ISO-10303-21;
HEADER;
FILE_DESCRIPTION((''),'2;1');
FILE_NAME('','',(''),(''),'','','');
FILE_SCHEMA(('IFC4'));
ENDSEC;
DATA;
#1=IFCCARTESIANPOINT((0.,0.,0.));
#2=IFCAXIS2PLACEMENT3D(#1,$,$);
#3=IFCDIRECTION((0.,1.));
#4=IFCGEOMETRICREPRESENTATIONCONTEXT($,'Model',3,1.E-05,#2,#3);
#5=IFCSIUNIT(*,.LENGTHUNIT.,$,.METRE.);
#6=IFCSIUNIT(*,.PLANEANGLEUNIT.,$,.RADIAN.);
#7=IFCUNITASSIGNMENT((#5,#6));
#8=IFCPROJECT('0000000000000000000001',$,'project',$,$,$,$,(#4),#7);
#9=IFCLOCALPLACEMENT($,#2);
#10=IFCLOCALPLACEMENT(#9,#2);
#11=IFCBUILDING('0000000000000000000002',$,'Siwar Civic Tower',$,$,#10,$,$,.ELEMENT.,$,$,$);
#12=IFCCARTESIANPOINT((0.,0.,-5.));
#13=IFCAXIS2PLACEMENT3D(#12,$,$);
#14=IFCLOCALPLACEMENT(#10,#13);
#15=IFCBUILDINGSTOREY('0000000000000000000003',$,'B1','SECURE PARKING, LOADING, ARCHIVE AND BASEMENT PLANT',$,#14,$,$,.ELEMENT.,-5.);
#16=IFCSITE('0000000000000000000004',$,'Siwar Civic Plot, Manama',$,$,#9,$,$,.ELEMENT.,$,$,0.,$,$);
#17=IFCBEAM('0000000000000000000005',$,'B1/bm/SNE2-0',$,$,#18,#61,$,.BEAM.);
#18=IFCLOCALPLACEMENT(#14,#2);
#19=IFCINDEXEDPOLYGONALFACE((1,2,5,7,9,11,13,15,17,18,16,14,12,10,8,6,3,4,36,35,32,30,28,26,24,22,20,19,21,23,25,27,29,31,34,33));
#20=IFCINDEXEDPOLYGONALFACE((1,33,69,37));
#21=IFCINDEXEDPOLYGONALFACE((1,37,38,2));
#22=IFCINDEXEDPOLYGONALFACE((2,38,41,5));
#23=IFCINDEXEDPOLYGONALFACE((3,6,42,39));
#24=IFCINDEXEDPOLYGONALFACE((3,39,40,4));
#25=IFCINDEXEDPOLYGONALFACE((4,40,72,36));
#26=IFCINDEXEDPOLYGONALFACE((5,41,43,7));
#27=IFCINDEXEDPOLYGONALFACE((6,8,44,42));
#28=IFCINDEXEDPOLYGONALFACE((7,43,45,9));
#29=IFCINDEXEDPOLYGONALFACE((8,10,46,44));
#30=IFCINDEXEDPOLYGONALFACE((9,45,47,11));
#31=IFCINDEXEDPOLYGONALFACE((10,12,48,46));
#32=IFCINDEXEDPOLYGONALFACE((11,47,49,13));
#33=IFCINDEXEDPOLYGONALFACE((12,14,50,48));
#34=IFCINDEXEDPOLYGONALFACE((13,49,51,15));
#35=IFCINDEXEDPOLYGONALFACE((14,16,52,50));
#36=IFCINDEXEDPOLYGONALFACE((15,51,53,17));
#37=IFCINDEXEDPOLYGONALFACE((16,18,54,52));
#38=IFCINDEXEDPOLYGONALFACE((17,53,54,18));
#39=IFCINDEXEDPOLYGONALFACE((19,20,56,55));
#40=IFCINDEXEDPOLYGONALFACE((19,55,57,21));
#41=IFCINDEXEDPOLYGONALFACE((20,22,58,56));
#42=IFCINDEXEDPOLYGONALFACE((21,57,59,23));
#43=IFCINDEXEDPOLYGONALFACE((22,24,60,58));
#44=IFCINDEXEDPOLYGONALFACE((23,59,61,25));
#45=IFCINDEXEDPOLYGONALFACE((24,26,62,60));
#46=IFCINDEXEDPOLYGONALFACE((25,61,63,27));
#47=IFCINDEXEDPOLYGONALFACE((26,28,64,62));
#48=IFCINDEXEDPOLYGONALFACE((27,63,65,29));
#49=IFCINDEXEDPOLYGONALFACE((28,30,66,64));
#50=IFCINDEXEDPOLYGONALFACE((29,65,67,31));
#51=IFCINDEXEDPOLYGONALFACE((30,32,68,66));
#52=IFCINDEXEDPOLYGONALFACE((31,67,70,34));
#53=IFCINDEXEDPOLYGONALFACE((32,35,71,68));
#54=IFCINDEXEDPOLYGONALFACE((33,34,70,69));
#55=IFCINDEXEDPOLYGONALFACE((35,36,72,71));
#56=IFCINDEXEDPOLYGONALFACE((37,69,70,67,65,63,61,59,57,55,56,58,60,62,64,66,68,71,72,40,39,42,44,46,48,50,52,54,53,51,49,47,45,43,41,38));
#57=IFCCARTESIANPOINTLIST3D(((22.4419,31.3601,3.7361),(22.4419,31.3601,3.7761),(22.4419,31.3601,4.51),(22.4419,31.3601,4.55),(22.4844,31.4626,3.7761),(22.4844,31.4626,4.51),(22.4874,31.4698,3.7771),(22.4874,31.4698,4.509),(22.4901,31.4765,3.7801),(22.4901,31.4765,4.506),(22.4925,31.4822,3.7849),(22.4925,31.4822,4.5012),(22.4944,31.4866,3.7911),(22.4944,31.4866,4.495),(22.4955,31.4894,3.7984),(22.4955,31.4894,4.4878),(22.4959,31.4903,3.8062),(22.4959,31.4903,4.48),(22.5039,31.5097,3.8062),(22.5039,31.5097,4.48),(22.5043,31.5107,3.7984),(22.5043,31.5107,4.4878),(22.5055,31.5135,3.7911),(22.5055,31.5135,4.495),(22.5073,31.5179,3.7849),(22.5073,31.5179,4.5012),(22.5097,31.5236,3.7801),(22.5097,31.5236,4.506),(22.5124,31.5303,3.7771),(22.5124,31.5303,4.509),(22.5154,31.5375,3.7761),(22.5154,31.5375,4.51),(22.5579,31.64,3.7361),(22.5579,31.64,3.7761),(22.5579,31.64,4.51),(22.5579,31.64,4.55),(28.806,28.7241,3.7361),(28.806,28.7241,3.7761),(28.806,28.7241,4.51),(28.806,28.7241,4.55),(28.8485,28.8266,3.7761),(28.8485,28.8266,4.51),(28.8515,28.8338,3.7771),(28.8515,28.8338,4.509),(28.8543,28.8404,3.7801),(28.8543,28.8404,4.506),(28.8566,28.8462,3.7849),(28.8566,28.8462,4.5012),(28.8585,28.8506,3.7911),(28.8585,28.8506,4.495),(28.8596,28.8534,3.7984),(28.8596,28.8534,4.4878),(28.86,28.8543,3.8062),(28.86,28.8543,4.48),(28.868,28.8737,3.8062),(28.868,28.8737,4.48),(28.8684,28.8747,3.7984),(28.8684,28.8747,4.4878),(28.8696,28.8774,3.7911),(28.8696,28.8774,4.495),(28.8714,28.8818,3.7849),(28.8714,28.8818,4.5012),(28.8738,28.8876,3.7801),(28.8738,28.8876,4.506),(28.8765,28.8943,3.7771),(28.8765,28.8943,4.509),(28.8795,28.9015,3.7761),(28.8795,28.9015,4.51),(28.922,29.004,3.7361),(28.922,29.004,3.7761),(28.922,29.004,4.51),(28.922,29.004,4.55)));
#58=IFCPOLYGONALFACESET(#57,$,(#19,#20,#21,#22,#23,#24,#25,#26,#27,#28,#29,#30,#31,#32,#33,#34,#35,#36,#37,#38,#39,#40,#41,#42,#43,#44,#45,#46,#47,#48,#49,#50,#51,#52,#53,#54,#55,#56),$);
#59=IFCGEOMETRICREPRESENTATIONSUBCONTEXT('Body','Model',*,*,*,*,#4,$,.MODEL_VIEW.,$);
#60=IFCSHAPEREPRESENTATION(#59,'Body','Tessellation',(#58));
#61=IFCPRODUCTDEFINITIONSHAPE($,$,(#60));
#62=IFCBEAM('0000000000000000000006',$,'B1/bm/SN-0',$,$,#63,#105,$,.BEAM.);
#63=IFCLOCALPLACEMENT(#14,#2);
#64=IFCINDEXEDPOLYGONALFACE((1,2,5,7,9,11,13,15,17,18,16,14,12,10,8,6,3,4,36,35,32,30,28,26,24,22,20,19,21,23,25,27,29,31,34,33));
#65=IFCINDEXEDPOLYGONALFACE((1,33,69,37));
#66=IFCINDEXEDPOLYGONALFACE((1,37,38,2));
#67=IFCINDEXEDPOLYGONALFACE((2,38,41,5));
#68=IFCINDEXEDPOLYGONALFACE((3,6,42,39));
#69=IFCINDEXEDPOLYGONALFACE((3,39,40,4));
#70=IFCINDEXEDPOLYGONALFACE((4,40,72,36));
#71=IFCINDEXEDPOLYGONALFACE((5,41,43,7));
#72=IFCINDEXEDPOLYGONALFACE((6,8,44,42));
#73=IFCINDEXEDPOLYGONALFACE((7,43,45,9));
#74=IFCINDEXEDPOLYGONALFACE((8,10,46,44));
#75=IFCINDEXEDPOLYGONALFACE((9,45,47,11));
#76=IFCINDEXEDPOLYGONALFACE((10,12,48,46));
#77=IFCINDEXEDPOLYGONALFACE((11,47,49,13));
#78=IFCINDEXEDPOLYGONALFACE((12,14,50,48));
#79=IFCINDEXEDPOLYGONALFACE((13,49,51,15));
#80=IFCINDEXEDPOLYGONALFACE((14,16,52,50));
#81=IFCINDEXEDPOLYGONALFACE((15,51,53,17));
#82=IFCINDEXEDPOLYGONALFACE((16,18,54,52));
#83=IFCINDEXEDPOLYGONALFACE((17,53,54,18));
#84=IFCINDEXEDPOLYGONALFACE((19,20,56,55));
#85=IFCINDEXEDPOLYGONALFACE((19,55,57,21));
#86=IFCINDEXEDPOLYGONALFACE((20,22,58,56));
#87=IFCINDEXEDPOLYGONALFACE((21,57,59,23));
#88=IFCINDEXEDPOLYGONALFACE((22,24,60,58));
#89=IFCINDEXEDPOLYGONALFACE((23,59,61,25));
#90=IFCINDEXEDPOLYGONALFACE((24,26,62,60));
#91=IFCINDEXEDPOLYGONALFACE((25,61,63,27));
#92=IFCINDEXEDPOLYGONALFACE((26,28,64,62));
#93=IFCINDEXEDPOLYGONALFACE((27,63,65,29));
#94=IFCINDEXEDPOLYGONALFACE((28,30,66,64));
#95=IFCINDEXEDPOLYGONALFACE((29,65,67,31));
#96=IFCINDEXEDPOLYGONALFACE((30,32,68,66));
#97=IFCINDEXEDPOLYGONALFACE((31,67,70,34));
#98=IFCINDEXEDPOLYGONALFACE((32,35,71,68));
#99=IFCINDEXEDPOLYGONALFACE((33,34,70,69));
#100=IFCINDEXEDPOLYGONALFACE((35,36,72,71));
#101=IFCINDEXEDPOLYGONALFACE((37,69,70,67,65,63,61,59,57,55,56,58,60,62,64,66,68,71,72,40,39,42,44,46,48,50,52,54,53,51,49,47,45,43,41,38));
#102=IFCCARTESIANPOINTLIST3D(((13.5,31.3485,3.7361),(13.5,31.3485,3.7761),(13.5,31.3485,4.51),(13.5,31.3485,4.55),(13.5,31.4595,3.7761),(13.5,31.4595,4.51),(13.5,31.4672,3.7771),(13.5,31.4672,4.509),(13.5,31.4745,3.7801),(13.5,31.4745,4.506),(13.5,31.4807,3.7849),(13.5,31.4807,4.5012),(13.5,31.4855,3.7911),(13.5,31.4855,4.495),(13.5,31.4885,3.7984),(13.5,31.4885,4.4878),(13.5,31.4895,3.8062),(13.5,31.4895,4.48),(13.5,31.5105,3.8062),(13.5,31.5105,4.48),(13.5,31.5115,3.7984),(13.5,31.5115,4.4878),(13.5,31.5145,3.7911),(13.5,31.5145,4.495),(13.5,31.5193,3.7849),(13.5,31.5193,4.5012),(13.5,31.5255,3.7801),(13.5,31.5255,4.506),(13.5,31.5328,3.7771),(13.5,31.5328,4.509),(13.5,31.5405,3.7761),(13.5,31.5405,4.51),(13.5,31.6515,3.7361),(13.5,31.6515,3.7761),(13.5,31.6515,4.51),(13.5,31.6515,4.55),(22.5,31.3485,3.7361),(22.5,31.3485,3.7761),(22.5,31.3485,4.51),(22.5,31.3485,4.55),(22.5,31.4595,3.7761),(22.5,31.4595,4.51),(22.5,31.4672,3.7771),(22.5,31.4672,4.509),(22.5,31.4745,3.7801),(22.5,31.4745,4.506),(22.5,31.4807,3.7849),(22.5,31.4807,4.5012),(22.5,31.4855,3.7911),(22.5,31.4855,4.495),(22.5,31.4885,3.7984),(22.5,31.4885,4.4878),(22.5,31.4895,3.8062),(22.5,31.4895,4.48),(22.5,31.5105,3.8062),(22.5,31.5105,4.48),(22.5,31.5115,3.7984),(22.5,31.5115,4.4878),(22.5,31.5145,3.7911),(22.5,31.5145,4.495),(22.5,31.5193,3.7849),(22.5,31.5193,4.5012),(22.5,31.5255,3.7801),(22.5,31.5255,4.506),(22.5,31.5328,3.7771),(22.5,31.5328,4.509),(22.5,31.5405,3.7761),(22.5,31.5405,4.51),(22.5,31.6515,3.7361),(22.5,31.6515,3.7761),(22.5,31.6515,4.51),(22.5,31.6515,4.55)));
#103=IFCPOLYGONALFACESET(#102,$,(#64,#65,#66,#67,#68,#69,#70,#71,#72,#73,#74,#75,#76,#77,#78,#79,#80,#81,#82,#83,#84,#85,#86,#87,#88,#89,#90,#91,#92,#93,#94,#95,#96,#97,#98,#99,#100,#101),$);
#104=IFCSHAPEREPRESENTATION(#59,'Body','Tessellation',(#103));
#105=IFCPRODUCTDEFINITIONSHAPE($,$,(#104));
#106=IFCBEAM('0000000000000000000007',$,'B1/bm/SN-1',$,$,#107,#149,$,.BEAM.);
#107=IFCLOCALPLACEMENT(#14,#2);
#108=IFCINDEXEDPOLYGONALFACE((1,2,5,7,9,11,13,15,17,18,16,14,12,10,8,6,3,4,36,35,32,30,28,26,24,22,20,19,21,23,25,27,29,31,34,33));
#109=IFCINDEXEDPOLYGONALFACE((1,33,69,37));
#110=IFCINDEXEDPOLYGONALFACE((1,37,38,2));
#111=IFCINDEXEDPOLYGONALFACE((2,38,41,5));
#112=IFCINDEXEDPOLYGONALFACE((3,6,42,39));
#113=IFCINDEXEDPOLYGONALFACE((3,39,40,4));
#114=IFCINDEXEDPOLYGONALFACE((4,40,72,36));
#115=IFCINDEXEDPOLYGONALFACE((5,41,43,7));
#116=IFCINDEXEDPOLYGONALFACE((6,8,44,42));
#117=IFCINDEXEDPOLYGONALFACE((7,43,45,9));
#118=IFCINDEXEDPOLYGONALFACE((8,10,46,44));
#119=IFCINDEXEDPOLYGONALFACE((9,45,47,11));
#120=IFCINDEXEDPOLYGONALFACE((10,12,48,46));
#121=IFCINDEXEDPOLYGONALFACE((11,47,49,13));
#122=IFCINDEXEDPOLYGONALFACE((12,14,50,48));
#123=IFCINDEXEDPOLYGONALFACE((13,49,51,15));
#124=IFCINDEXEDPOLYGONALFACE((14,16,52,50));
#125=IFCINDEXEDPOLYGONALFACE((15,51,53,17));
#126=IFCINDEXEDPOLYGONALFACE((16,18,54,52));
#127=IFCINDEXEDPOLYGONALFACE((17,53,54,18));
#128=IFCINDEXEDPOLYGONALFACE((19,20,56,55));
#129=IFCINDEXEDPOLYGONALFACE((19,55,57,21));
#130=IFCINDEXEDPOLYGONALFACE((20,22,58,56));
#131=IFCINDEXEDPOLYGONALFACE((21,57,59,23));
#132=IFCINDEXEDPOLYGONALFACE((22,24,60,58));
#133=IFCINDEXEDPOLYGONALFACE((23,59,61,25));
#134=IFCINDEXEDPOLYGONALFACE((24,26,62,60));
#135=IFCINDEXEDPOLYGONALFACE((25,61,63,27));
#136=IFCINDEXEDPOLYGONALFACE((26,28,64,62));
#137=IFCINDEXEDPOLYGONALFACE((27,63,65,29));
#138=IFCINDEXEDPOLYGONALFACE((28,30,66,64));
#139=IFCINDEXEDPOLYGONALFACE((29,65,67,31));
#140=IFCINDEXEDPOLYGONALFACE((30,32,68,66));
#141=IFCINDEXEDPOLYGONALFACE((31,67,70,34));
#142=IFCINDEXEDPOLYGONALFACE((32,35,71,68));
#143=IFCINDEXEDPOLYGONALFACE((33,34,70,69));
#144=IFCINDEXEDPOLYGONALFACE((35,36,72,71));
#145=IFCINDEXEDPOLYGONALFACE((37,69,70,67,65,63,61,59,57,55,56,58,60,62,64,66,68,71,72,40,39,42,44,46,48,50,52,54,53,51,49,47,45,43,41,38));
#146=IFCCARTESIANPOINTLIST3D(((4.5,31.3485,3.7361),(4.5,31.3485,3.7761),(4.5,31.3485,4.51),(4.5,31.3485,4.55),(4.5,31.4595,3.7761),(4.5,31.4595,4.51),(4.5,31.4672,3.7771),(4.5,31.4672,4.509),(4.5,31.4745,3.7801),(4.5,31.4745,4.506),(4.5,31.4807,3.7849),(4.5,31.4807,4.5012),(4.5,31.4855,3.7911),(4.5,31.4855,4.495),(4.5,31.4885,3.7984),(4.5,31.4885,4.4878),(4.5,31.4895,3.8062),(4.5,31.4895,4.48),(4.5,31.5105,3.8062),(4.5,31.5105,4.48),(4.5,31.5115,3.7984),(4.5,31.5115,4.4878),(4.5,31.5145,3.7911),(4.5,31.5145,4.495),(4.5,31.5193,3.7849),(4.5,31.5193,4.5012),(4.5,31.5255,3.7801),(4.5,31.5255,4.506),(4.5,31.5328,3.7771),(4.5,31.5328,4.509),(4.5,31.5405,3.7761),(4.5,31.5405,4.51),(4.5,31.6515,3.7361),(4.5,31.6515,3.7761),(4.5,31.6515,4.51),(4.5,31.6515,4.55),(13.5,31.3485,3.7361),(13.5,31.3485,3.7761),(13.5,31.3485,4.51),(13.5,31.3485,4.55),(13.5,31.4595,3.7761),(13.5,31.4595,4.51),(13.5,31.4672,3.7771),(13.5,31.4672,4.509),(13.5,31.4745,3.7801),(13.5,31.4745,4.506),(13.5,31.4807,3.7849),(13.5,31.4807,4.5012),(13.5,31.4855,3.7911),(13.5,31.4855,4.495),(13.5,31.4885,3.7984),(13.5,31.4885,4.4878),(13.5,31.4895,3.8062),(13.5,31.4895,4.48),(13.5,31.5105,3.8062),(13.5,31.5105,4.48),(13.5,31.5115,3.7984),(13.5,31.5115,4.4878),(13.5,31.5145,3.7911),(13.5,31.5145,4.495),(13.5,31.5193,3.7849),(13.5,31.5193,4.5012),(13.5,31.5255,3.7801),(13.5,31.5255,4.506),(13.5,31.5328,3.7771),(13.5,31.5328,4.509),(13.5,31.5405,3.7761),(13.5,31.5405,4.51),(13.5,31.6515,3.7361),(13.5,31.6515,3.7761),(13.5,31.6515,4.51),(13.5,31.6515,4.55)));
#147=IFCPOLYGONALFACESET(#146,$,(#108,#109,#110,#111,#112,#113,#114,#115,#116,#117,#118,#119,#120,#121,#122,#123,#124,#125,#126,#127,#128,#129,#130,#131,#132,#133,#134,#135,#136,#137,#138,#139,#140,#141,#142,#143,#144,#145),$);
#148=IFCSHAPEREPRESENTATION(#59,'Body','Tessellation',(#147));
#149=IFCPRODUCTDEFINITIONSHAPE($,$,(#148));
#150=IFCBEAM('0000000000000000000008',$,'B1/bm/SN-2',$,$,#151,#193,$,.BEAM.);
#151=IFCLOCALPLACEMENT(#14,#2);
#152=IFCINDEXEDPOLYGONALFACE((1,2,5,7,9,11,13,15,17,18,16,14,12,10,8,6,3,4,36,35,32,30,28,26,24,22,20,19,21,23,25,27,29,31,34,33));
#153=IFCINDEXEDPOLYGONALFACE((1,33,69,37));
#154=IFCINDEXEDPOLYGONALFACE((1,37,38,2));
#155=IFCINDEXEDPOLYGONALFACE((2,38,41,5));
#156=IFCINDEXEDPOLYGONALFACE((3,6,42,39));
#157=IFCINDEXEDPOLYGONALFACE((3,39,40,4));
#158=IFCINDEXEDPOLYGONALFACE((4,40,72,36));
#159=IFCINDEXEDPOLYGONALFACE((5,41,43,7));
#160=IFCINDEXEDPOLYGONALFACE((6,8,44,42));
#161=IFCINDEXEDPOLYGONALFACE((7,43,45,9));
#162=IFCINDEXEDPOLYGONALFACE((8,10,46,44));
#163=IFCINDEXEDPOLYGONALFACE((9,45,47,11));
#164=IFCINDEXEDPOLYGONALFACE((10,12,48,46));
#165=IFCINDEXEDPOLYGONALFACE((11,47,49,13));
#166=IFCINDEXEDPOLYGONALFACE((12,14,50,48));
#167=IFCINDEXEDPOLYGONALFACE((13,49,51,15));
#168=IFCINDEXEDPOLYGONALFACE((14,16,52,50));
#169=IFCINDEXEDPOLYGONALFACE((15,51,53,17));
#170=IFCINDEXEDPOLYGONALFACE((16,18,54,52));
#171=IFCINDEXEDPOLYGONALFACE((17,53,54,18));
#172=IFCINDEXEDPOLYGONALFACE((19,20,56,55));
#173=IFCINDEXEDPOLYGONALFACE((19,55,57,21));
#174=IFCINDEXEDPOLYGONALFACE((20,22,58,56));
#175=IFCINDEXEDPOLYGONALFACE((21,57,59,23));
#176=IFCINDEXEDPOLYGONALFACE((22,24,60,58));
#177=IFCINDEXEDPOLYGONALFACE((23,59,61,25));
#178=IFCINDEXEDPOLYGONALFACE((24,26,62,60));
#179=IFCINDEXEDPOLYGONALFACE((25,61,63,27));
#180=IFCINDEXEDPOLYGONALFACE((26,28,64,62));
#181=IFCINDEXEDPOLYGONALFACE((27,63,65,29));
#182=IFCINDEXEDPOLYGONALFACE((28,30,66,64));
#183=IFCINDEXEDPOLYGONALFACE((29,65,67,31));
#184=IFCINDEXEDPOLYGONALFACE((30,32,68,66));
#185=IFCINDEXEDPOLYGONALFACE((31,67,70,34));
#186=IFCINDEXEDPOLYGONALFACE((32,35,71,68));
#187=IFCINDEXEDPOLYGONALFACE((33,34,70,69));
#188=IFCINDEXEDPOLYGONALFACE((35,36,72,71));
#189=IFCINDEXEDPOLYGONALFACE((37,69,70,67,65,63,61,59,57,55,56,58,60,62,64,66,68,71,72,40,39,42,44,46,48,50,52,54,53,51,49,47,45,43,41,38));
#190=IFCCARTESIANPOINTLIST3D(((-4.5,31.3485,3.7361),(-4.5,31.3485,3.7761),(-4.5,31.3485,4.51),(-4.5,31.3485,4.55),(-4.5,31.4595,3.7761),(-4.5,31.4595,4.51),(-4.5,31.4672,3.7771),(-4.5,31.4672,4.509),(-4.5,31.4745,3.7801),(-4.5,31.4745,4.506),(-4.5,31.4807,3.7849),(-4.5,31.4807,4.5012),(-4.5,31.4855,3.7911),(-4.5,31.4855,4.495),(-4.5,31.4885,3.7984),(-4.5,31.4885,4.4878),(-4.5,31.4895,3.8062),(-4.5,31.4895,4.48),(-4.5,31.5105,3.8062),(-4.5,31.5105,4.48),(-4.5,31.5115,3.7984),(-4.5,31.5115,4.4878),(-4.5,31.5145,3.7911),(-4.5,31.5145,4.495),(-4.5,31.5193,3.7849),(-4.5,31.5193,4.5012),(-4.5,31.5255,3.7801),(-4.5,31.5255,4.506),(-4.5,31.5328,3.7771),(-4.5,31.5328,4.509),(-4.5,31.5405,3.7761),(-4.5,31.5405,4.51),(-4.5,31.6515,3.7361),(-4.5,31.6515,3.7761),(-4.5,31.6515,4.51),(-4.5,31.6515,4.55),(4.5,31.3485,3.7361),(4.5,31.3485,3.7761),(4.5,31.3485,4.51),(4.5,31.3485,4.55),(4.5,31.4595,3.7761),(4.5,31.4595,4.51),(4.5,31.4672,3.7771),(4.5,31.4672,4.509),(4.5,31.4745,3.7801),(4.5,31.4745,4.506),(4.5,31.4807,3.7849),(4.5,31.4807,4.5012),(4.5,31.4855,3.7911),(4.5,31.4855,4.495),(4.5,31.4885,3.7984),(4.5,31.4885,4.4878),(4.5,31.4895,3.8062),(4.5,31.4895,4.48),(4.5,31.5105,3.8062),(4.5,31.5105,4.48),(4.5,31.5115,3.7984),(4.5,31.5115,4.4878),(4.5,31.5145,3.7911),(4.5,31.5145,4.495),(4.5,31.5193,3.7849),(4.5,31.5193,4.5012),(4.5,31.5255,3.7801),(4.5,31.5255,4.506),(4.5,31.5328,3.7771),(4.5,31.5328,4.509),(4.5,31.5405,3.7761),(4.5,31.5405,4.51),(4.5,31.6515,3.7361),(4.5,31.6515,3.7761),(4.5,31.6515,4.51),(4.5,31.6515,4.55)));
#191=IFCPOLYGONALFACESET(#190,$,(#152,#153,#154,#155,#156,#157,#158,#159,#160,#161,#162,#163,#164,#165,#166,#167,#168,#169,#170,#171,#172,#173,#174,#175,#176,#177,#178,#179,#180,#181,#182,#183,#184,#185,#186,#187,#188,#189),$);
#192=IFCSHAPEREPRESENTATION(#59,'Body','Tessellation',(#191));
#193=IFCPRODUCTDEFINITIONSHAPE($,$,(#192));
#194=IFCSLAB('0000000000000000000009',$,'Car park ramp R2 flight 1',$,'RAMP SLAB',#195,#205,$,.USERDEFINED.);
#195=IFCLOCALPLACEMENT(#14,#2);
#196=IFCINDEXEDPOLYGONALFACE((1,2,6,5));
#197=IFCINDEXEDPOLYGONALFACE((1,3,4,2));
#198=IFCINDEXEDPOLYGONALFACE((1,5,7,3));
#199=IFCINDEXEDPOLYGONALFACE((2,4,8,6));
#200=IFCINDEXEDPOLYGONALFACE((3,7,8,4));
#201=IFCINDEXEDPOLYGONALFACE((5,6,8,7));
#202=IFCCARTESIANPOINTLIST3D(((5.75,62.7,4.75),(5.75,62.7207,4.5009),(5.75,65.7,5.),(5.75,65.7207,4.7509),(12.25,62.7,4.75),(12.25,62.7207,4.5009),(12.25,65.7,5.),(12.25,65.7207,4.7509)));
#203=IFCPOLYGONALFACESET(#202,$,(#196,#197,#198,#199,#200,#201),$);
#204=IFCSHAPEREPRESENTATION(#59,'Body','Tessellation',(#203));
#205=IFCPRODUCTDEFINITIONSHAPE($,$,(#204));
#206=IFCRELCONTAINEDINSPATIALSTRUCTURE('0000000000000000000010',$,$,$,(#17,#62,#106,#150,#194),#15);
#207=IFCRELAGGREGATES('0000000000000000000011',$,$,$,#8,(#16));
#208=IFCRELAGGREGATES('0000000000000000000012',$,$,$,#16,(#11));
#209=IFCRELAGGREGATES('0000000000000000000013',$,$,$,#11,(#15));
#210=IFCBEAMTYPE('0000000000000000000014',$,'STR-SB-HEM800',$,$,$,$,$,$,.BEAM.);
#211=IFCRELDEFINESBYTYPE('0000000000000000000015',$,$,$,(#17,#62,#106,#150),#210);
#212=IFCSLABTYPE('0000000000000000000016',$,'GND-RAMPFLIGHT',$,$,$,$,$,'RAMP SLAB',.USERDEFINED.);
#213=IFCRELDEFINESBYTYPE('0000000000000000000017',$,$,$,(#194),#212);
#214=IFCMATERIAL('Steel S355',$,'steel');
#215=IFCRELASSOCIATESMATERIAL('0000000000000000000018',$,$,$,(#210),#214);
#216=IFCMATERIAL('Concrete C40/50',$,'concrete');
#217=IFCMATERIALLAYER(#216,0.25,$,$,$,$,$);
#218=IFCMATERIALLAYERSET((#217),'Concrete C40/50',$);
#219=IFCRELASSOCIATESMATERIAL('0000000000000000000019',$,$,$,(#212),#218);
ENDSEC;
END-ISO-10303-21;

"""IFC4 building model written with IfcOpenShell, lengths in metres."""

from ifc_helpers import new_model, si_unit, direction, frame, origin, origin_2d, place, context, subcontext, project, spatial, polyline, i_section, outline, extrude, material, layer, layer_set, material_profile, profile_set, type_object, element, save


model = new_model("IFC4")

# Units and contexts
model_context = context("Model", 3, precision=1e-05, world=origin(), true_north=direction((0.0, 1.0)))
body_context = subcontext(model_context, "Body", "Model", "MODEL_VIEW")
ifc_project = project(units=[si_unit("LENGTHUNIT", "METRE"), si_unit("PLANEANGLEUNIT", "RADIAN")], contexts=[model_context])

# Site, building, storey
site_placement = place(None, origin())
site = spatial("IfcSite", under=ifc_project, at=site_placement, Name="Siwar Civic Plot, Manama", CompositionType="ELEMENT", RefElevation=0.0)
building_placement = place(site_placement, origin())
building = spatial("IfcBuilding", under=site, at=building_placement, Name="Siwar Civic Tower", CompositionType="ELEMENT")
storey_placement = place(building_placement, frame((0.0, 0.0, -5.0)))
storey = spatial("IfcBuildingStorey", under=building, at=storey_placement, Name="B1", Description="SECURE PARKING, LOADING, ARCHIVE AND BASEMENT PLANT", CompositionType="ELEMENT", Elevation=-5.0)

# Beams
ifc_material_1 = material(Name="Steel S355", Category="steel")
ifc_material_profile_1 = material_profile(ifc_material_1, i_section(OverallWidth=0.303, OverallDepth=0.814, WebThickness=0.021, FlangeThickness=0.04, FilletRadius=0.03, at=origin_2d()), Name="HEM800")
ifc_profile_set_1 = profile_set([ifc_material_profile_1], Name="Steel S355")
beam_type_1 = type_object("IfcBeamType", Name="STR-SB-HEM800", PredefinedType="BEAM", material=ifc_profile_set_1)
beam_1_placement = place(storey_placement, frame((28.864, 28.864, 4.1431), z_axis=(-0.923883, 0.382674, 0.0), x_axis=(-0.382674, -0.923883, 0.0)))
element("IfcBeam", 1, at=beam_1_placement, inside=storey, type_object=beam_type_1, Name="B1/bm/SNE2-0", PredefinedType="BEAM", context=body_context, shape_type="SweptSolid", body=[
    extrude(i_section(OverallWidth=0.303, OverallDepth=0.814, WebThickness=0.021, FlangeThickness=0.04, FilletRadius=0.03, at=origin_2d()), origin(), (0.0, 0.0, 1.0), 6.8884),
])
for number, where, z_axis, x_axis, name in (
    (2, (22.5, 31.5, 4.1431), (-1.0, 0.0, 0.0), (0.0, -1.0, 0.0), "B1/bm/SN-0"),
    (3, (13.5, 31.5, 4.1431), (-1.0, 0.0, 0.0), (0.0, -1.0, 0.0), "B1/bm/SN-1"),
    (4, (4.5, 31.5, 4.1431), (-1.0, 0.0, 0.0), (0.0, -1.0, 0.0), "B1/bm/SN-2"),
):
    element("IfcBeam", number, at=place(storey_placement, frame(where, z_axis=z_axis, x_axis=x_axis)), inside=storey, type_object=beam_type_1, Name=name, PredefinedType="BEAM", context=body_context, shape_type="SweptSolid", body=[
        extrude(i_section(OverallWidth=0.303, OverallDepth=0.814, WebThickness=0.021, FlangeThickness=0.04, FilletRadius=0.03, at=origin_2d()), origin(), (0.0, 0.0, 1.0), 9.0),
    ])

# Slab
ifc_material_2 = material(Name="Concrete C40/50", Category="concrete")
ifc_layer_1 = layer(ifc_material_2, 0.25)
ifc_layer_set_1 = layer_set([ifc_layer_1], Name="Concrete C40/50")
slab_type = type_object("IfcSlabType", Name="GND-RAMPFLIGHT", ElementType="RAMP SLAB", PredefinedType="USERDEFINED", material=ifc_layer_set_1)
slab_1_placement = place(storey_placement, frame((5.75, 65.7, 5.0), z_axis=(0.0, -0.083045, 0.996546), x_axis=(1.0, 0.0, 0.0)))
element("IfcSlab", 5, at=slab_1_placement, inside=storey, type_object=slab_type, Name="Car park ramp R2 flight 1", ObjectType="RAMP SLAB", PredefinedType="USERDEFINED", context=body_context, shape_type="SweptSolid", body=[
    extrude(outline(polyline([(0.0, 0.0), (6.5, 0.0), (6.5, -3.0104), (0.0, -3.0104), (0.0, 0.0)])), origin(), (0.0, 0.0, -1.0), 0.25),
])

save(model, "model.ifc")
